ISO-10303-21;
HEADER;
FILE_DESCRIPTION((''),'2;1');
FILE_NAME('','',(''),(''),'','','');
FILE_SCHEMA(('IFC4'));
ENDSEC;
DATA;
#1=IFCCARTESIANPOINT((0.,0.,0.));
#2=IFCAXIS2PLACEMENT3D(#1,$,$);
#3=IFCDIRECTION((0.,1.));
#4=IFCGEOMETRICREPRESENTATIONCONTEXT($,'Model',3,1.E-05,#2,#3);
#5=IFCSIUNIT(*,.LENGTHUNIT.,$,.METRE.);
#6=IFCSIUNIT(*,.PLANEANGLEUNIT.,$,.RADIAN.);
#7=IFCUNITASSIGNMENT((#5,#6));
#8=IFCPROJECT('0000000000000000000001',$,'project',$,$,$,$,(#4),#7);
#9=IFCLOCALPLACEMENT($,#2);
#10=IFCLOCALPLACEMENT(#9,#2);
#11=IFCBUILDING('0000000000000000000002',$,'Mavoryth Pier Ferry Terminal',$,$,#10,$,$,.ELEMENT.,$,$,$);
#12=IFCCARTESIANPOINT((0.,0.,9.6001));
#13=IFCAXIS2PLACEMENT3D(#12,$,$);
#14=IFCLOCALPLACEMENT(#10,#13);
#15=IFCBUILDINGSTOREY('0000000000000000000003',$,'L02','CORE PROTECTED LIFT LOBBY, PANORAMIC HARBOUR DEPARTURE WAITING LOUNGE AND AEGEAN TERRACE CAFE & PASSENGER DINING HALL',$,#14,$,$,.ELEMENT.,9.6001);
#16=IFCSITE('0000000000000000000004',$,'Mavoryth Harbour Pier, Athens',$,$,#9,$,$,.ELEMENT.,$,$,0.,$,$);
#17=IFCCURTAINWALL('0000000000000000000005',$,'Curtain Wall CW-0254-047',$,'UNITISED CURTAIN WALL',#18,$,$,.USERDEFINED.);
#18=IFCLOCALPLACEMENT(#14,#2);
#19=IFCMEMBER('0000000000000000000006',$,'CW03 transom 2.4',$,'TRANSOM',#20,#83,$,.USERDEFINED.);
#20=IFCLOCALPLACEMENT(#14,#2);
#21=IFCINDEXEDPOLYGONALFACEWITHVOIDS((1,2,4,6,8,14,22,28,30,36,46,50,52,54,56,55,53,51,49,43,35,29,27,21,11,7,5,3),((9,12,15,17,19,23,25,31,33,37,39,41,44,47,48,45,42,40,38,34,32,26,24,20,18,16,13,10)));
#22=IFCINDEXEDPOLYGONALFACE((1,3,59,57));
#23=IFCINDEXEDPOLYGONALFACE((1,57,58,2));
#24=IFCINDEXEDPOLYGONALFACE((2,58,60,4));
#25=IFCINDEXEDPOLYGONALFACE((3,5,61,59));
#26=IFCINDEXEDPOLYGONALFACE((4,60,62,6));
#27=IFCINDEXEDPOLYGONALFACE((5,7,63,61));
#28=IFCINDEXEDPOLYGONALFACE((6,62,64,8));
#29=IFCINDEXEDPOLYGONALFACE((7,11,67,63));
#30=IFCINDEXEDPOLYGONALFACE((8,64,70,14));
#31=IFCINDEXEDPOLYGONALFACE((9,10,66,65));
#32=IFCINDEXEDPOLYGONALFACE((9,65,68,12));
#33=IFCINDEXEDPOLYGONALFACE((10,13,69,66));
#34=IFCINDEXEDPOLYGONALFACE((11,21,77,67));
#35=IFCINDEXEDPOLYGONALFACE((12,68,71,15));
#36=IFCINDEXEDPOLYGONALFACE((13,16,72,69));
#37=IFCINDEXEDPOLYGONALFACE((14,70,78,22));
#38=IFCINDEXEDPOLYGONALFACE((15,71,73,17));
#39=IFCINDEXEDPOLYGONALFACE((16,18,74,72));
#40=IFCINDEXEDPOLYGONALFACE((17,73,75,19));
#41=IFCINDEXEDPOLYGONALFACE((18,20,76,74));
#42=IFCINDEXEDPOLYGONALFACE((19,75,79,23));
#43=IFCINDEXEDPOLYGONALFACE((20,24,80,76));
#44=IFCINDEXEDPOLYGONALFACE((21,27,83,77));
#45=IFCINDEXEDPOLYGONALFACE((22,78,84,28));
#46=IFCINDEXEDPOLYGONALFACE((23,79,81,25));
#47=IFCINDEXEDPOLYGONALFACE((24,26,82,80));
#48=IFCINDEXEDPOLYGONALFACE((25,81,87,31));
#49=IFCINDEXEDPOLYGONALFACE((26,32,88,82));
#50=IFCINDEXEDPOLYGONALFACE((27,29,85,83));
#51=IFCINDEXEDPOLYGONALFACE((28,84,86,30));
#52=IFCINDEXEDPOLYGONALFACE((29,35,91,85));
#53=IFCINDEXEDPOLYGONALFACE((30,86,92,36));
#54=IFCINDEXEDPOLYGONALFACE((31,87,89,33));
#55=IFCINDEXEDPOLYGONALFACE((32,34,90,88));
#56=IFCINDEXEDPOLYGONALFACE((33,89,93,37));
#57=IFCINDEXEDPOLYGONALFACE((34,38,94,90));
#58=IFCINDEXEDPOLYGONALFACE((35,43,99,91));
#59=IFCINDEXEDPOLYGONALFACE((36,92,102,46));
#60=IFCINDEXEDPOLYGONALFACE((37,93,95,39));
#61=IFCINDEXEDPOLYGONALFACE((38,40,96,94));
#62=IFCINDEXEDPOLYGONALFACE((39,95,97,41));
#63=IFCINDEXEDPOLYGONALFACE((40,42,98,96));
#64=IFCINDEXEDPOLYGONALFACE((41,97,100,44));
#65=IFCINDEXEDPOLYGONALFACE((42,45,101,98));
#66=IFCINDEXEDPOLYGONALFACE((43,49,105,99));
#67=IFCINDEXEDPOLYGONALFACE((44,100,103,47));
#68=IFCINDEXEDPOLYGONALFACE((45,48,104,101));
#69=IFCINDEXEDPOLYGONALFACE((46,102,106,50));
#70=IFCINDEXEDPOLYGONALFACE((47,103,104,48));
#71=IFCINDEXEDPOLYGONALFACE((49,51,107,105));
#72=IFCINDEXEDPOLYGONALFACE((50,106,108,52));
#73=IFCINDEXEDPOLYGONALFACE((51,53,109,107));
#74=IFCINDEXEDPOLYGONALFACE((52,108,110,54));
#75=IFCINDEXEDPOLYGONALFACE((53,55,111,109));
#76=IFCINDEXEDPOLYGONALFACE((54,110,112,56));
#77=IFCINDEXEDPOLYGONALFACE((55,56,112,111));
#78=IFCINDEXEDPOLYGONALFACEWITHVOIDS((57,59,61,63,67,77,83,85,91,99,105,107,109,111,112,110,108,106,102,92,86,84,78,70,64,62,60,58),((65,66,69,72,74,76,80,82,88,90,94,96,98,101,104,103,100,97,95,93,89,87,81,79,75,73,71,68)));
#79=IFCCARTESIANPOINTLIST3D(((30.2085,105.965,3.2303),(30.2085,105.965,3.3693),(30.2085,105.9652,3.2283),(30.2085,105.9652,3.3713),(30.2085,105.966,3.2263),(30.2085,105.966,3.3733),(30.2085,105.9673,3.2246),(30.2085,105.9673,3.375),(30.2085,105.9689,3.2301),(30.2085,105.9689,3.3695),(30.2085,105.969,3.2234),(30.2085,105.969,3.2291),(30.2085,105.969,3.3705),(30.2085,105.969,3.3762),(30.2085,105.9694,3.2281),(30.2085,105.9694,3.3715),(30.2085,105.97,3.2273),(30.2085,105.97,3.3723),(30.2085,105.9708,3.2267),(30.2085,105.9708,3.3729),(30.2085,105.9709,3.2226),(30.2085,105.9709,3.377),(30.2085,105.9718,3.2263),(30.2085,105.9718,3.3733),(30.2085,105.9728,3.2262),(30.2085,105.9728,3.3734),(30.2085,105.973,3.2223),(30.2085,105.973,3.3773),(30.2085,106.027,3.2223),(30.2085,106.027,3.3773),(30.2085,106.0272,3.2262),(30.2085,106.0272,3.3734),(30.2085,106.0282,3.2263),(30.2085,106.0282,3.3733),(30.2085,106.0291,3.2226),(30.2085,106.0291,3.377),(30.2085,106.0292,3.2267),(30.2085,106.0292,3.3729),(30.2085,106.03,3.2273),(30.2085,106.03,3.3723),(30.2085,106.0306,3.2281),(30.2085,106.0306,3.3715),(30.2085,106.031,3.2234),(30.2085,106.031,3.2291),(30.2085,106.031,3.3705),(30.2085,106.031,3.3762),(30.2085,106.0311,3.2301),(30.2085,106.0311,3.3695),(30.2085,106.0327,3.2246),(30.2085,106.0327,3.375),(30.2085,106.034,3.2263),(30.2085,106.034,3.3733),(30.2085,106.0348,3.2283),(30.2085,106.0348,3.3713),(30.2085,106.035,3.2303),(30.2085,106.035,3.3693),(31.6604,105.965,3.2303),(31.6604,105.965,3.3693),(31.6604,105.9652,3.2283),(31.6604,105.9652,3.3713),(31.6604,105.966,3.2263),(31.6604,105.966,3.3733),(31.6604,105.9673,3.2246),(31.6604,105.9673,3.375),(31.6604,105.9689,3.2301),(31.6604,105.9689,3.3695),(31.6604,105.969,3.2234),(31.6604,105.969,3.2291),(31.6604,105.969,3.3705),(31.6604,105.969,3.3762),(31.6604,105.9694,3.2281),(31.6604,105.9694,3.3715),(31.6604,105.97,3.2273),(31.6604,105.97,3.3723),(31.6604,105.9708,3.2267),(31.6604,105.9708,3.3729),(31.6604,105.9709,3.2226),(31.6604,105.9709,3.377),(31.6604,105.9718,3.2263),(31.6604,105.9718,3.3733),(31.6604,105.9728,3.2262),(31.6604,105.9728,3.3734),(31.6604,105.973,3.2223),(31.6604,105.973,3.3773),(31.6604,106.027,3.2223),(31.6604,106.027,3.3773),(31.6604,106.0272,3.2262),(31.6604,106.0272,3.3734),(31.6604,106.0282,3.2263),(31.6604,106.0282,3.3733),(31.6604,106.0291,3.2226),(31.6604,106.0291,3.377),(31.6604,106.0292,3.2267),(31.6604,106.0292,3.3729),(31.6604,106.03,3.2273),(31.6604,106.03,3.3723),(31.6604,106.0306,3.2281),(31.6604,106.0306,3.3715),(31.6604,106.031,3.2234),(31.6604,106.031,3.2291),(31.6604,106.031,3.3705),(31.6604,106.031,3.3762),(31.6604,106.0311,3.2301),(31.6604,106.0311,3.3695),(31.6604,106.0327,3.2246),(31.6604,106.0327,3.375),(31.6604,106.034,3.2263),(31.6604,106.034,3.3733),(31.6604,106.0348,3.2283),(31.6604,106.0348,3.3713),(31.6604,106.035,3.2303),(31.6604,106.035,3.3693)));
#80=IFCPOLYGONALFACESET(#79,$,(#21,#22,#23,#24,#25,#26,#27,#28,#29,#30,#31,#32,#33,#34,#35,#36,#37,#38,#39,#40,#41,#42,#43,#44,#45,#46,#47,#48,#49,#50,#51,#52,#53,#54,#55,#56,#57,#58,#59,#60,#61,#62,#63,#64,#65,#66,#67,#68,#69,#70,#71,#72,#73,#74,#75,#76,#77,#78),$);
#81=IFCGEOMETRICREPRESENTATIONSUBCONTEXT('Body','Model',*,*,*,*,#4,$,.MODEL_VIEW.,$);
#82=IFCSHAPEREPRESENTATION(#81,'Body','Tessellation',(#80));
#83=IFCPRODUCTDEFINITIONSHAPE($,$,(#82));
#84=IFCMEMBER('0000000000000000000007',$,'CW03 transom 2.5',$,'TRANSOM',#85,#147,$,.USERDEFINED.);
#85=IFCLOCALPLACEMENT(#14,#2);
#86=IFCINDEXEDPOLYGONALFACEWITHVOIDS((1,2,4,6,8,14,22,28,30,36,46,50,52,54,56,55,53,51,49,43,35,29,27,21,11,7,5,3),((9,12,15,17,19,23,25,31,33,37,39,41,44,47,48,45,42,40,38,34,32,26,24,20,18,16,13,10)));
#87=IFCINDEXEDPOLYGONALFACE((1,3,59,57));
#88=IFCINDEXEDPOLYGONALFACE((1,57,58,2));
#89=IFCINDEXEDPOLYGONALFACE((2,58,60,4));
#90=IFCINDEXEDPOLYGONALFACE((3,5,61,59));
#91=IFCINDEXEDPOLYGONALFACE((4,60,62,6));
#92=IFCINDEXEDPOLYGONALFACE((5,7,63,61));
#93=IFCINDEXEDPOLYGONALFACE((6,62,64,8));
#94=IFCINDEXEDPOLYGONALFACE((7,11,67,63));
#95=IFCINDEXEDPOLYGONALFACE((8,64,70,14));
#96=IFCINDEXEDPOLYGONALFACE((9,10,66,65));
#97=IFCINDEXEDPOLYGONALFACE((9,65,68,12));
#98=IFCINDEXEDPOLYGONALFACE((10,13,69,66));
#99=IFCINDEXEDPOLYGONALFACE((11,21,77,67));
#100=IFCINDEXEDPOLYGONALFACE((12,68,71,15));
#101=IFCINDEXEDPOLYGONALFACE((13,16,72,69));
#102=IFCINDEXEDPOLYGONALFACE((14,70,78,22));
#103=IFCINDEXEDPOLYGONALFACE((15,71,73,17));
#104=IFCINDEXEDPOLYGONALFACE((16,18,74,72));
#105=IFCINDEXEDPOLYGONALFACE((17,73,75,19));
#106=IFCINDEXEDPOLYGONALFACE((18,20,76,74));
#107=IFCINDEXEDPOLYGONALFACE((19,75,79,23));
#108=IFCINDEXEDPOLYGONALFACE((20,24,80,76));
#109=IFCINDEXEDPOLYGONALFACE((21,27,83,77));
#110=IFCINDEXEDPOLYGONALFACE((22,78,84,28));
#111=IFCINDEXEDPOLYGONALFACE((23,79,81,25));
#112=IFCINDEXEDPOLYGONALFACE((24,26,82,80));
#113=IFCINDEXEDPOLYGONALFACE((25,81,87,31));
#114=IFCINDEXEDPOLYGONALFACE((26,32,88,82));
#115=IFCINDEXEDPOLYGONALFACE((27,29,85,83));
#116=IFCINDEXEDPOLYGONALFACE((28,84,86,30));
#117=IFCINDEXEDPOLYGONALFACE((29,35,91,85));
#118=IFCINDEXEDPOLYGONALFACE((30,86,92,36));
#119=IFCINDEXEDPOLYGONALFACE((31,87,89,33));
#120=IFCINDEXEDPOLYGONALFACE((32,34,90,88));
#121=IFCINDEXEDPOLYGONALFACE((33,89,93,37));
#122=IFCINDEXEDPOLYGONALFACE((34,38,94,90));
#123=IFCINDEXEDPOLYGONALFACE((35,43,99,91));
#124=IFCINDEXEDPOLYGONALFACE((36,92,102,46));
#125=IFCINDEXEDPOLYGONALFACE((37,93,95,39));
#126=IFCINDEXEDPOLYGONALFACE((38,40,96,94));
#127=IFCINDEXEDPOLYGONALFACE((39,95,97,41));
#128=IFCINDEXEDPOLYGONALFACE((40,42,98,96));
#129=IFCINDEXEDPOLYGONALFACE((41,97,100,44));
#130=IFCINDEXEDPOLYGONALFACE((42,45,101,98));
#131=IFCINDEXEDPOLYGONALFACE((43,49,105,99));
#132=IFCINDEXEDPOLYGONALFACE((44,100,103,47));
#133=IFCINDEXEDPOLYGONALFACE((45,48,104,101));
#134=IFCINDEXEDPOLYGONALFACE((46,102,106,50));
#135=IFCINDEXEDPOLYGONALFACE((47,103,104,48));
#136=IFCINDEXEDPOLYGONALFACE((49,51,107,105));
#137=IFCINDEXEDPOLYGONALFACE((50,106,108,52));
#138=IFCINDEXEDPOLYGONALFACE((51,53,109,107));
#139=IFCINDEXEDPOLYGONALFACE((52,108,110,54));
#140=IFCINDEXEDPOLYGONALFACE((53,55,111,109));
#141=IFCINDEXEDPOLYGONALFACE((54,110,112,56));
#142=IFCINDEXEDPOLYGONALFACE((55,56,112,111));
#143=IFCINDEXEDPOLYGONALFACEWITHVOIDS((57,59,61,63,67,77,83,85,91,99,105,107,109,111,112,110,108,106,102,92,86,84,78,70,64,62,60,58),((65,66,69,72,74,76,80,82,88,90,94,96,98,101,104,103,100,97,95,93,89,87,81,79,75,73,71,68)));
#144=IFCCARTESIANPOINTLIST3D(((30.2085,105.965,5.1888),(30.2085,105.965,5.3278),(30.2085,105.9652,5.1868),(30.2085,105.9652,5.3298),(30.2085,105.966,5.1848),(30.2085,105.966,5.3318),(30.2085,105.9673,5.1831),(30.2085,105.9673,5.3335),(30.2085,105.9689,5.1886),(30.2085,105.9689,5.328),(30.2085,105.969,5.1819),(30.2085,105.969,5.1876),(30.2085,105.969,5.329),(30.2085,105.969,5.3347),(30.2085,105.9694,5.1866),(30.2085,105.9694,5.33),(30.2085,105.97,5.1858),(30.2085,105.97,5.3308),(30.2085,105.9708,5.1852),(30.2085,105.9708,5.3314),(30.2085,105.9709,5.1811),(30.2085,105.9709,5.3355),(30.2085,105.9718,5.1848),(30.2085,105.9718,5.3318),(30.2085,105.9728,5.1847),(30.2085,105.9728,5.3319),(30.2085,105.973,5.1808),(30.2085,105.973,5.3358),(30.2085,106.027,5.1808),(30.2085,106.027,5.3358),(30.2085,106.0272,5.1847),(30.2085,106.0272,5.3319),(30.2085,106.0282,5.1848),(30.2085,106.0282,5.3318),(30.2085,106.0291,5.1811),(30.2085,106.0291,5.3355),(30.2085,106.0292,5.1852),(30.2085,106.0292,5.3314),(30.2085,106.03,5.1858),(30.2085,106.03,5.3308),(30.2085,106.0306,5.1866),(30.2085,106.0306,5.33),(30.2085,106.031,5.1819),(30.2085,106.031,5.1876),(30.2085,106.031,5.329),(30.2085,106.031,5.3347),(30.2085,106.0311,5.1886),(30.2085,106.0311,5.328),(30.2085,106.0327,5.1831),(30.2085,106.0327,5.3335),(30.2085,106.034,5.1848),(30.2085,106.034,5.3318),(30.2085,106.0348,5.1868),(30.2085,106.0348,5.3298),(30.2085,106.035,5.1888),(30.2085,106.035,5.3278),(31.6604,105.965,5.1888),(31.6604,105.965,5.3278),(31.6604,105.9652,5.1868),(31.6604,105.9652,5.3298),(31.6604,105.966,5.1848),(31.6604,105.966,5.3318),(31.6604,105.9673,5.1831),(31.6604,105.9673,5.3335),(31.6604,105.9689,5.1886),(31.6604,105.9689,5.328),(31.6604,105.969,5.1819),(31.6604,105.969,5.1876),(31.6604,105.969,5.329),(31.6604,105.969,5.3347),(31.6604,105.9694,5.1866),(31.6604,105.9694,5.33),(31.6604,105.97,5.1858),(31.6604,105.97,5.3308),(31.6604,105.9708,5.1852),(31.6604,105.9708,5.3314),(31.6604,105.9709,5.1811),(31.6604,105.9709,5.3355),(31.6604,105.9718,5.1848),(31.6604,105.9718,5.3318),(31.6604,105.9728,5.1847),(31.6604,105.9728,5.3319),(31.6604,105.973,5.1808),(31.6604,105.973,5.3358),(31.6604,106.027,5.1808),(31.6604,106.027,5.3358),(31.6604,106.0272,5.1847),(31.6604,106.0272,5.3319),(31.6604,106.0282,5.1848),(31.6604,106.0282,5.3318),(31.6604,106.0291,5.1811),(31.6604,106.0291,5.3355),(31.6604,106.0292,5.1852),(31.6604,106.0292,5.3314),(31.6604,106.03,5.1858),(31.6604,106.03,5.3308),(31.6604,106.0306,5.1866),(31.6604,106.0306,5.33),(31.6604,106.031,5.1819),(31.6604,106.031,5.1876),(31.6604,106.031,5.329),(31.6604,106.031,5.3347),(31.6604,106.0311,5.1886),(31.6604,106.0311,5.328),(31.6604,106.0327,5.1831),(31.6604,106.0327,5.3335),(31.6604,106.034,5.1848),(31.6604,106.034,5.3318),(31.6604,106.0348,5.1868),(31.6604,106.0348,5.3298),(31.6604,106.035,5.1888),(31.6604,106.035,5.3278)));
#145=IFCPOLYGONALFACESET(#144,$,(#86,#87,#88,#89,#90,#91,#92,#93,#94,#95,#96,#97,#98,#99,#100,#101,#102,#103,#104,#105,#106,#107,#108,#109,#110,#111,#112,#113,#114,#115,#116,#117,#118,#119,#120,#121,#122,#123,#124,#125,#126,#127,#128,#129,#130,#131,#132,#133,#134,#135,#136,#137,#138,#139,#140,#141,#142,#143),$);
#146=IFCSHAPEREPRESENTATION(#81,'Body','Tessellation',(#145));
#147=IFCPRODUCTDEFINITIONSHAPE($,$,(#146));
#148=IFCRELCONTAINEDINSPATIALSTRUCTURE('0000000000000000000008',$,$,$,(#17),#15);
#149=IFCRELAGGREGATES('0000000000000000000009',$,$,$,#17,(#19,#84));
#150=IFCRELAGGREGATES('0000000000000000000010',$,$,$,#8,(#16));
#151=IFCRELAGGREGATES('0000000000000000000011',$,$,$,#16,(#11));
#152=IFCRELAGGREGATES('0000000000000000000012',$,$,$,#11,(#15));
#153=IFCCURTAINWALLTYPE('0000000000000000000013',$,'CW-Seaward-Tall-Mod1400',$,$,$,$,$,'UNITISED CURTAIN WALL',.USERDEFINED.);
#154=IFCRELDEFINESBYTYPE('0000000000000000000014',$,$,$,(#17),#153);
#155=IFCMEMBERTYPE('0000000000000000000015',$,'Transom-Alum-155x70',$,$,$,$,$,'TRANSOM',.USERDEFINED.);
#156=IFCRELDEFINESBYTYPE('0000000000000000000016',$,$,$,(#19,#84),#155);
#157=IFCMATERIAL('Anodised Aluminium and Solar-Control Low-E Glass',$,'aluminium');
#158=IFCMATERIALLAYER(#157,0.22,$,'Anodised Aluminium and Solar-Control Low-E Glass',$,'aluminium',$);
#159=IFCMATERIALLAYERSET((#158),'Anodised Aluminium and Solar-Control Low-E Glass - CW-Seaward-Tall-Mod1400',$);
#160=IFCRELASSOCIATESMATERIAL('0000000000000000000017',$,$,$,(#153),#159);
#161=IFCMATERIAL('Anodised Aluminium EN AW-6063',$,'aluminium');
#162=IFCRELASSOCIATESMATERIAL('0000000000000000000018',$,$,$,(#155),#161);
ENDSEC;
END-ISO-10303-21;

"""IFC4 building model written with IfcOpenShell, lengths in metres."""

from ifc_helpers import new_model, si_unit, direction, frame, origin, origin_2d, place, context, subcontext, project, spatial, hollow_rectangle, extrude, material, layer, layer_set, material_profile, profile_set, type_object, element, aggregate, save


model = new_model("IFC4")

# Units and contexts
model_context = context("Model", 3, precision=1e-05, world=origin(), true_north=direction((0.0, 1.0)))
body_context = subcontext(model_context, "Body", "Model", "MODEL_VIEW")
ifc_project = project(units=[si_unit("LENGTHUNIT", "METRE"), si_unit("PLANEANGLEUNIT", "RADIAN")], contexts=[model_context])

# Site, building, storey
site_placement = place(None, origin())
site = spatial("IfcSite", under=ifc_project, at=site_placement, Name="Mavoryth Harbour Pier, Athens", CompositionType="ELEMENT", RefElevation=0.0)
building_placement = place(site_placement, origin())
building = spatial("IfcBuilding", under=site, at=building_placement, Name="Mavoryth Pier Ferry Terminal", CompositionType="ELEMENT")
storey_placement = place(building_placement, frame((0.0, 0.0, 9.6001)))
storey = spatial("IfcBuildingStorey", under=building, at=storey_placement, Name="L02", Description="CORE PROTECTED LIFT LOBBY, PANORAMIC HARBOUR DEPARTURE WAITING LOUNGE AND AEGEAN TERRACE CAFE & PASSENGER DINING HALL", CompositionType="ELEMENT", Elevation=9.6001)

# Curtain wall
ifc_material_1 = material(Name="Anodised Aluminium and Solar-Control Low-E Glass", Category="aluminium")
ifc_layer_1 = layer(ifc_material_1, 0.22, Name="Anodised Aluminium and Solar-Control Low-E Glass", Category="aluminium")
ifc_layer_set_1 = layer_set([ifc_layer_1], Name="Anodised Aluminium and Solar-Control Low-E Glass - CW-Seaward-Tall-Mod1400")
curtain_wall_type = type_object("IfcCurtainWallType", Name="CW-Seaward-Tall-Mod1400", ElementType="UNITISED CURTAIN WALL", PredefinedType="USERDEFINED", material=ifc_layer_set_1)
curtain_wall_placement = place(storey_placement, origin())
curtain_wall = element("IfcCurtainWall", 1, at=curtain_wall_placement, inside=storey, type_object=curtain_wall_type, Name="Curtain Wall CW-0254-047", ObjectType="UNITISED CURTAIN WALL", PredefinedType="USERDEFINED")
ifc_material_2 = material(Name="Anodised Aluminium EN AW-6063", Category="aluminium")

# Members
ifc_material_profile_1 = material_profile(ifc_material_2, hollow_rectangle(XDim=0.0701, YDim=0.155, WallThickness=0.0039, InnerFilletRadius=0.0039, OuterFilletRadius=0.0081, at=origin_2d()), Name="AL-TRAN 155x70x4", Category="aluminium")
ifc_profile_set_1 = profile_set([ifc_material_profile_1], Name="Anodised Aluminium EN AW-6063 - AL-TRAN 155x70x4")
member_type_1 = type_object("IfcMemberType", Name="Transom-Alum-155x70", ElementType="TRANSOM", PredefinedType="USERDEFINED", material=ifc_profile_set_1)
member_1_placement = place(storey_placement, frame((31.6604, 106.0, 3.2998), z_axis=(-1.0, 0.0, 0.0), x_axis=(0.0, -1.0, 0.0)))
member_1 = element("IfcMember", 2, at=member_1_placement, type_object=member_type_1, Name="CW03 transom 2.4", ObjectType="TRANSOM", PredefinedType="USERDEFINED", context=body_context, shape_type="SweptSolid", body=[
    extrude(hollow_rectangle(XDim=0.0701, YDim=0.155, WallThickness=0.0039, InnerFilletRadius=0.0039, OuterFilletRadius=0.0081, at=origin_2d()), origin(), (0.0, 0.0, 1.0), 1.4519),
])
member_2_placement = place(storey_placement, frame((31.6604, 106.0, 5.2583), z_axis=(-1.0, 0.0, 0.0), x_axis=(0.0, -1.0, 0.0)))
member_2 = element("IfcMember", 3, at=member_2_placement, type_object=member_type_1, Name="CW03 transom 2.5", ObjectType="TRANSOM", PredefinedType="USERDEFINED", context=body_context, shape_type="SweptSolid", body=[
    extrude(hollow_rectangle(XDim=0.0701, YDim=0.155, WallThickness=0.0039, InnerFilletRadius=0.0039, OuterFilletRadius=0.0081, at=origin_2d()), origin(), (0.0, 0.0, 1.0), 1.4519),
])

aggregate(curtain_wall, [member_1, member_2])

save(model, "model.ifc")
